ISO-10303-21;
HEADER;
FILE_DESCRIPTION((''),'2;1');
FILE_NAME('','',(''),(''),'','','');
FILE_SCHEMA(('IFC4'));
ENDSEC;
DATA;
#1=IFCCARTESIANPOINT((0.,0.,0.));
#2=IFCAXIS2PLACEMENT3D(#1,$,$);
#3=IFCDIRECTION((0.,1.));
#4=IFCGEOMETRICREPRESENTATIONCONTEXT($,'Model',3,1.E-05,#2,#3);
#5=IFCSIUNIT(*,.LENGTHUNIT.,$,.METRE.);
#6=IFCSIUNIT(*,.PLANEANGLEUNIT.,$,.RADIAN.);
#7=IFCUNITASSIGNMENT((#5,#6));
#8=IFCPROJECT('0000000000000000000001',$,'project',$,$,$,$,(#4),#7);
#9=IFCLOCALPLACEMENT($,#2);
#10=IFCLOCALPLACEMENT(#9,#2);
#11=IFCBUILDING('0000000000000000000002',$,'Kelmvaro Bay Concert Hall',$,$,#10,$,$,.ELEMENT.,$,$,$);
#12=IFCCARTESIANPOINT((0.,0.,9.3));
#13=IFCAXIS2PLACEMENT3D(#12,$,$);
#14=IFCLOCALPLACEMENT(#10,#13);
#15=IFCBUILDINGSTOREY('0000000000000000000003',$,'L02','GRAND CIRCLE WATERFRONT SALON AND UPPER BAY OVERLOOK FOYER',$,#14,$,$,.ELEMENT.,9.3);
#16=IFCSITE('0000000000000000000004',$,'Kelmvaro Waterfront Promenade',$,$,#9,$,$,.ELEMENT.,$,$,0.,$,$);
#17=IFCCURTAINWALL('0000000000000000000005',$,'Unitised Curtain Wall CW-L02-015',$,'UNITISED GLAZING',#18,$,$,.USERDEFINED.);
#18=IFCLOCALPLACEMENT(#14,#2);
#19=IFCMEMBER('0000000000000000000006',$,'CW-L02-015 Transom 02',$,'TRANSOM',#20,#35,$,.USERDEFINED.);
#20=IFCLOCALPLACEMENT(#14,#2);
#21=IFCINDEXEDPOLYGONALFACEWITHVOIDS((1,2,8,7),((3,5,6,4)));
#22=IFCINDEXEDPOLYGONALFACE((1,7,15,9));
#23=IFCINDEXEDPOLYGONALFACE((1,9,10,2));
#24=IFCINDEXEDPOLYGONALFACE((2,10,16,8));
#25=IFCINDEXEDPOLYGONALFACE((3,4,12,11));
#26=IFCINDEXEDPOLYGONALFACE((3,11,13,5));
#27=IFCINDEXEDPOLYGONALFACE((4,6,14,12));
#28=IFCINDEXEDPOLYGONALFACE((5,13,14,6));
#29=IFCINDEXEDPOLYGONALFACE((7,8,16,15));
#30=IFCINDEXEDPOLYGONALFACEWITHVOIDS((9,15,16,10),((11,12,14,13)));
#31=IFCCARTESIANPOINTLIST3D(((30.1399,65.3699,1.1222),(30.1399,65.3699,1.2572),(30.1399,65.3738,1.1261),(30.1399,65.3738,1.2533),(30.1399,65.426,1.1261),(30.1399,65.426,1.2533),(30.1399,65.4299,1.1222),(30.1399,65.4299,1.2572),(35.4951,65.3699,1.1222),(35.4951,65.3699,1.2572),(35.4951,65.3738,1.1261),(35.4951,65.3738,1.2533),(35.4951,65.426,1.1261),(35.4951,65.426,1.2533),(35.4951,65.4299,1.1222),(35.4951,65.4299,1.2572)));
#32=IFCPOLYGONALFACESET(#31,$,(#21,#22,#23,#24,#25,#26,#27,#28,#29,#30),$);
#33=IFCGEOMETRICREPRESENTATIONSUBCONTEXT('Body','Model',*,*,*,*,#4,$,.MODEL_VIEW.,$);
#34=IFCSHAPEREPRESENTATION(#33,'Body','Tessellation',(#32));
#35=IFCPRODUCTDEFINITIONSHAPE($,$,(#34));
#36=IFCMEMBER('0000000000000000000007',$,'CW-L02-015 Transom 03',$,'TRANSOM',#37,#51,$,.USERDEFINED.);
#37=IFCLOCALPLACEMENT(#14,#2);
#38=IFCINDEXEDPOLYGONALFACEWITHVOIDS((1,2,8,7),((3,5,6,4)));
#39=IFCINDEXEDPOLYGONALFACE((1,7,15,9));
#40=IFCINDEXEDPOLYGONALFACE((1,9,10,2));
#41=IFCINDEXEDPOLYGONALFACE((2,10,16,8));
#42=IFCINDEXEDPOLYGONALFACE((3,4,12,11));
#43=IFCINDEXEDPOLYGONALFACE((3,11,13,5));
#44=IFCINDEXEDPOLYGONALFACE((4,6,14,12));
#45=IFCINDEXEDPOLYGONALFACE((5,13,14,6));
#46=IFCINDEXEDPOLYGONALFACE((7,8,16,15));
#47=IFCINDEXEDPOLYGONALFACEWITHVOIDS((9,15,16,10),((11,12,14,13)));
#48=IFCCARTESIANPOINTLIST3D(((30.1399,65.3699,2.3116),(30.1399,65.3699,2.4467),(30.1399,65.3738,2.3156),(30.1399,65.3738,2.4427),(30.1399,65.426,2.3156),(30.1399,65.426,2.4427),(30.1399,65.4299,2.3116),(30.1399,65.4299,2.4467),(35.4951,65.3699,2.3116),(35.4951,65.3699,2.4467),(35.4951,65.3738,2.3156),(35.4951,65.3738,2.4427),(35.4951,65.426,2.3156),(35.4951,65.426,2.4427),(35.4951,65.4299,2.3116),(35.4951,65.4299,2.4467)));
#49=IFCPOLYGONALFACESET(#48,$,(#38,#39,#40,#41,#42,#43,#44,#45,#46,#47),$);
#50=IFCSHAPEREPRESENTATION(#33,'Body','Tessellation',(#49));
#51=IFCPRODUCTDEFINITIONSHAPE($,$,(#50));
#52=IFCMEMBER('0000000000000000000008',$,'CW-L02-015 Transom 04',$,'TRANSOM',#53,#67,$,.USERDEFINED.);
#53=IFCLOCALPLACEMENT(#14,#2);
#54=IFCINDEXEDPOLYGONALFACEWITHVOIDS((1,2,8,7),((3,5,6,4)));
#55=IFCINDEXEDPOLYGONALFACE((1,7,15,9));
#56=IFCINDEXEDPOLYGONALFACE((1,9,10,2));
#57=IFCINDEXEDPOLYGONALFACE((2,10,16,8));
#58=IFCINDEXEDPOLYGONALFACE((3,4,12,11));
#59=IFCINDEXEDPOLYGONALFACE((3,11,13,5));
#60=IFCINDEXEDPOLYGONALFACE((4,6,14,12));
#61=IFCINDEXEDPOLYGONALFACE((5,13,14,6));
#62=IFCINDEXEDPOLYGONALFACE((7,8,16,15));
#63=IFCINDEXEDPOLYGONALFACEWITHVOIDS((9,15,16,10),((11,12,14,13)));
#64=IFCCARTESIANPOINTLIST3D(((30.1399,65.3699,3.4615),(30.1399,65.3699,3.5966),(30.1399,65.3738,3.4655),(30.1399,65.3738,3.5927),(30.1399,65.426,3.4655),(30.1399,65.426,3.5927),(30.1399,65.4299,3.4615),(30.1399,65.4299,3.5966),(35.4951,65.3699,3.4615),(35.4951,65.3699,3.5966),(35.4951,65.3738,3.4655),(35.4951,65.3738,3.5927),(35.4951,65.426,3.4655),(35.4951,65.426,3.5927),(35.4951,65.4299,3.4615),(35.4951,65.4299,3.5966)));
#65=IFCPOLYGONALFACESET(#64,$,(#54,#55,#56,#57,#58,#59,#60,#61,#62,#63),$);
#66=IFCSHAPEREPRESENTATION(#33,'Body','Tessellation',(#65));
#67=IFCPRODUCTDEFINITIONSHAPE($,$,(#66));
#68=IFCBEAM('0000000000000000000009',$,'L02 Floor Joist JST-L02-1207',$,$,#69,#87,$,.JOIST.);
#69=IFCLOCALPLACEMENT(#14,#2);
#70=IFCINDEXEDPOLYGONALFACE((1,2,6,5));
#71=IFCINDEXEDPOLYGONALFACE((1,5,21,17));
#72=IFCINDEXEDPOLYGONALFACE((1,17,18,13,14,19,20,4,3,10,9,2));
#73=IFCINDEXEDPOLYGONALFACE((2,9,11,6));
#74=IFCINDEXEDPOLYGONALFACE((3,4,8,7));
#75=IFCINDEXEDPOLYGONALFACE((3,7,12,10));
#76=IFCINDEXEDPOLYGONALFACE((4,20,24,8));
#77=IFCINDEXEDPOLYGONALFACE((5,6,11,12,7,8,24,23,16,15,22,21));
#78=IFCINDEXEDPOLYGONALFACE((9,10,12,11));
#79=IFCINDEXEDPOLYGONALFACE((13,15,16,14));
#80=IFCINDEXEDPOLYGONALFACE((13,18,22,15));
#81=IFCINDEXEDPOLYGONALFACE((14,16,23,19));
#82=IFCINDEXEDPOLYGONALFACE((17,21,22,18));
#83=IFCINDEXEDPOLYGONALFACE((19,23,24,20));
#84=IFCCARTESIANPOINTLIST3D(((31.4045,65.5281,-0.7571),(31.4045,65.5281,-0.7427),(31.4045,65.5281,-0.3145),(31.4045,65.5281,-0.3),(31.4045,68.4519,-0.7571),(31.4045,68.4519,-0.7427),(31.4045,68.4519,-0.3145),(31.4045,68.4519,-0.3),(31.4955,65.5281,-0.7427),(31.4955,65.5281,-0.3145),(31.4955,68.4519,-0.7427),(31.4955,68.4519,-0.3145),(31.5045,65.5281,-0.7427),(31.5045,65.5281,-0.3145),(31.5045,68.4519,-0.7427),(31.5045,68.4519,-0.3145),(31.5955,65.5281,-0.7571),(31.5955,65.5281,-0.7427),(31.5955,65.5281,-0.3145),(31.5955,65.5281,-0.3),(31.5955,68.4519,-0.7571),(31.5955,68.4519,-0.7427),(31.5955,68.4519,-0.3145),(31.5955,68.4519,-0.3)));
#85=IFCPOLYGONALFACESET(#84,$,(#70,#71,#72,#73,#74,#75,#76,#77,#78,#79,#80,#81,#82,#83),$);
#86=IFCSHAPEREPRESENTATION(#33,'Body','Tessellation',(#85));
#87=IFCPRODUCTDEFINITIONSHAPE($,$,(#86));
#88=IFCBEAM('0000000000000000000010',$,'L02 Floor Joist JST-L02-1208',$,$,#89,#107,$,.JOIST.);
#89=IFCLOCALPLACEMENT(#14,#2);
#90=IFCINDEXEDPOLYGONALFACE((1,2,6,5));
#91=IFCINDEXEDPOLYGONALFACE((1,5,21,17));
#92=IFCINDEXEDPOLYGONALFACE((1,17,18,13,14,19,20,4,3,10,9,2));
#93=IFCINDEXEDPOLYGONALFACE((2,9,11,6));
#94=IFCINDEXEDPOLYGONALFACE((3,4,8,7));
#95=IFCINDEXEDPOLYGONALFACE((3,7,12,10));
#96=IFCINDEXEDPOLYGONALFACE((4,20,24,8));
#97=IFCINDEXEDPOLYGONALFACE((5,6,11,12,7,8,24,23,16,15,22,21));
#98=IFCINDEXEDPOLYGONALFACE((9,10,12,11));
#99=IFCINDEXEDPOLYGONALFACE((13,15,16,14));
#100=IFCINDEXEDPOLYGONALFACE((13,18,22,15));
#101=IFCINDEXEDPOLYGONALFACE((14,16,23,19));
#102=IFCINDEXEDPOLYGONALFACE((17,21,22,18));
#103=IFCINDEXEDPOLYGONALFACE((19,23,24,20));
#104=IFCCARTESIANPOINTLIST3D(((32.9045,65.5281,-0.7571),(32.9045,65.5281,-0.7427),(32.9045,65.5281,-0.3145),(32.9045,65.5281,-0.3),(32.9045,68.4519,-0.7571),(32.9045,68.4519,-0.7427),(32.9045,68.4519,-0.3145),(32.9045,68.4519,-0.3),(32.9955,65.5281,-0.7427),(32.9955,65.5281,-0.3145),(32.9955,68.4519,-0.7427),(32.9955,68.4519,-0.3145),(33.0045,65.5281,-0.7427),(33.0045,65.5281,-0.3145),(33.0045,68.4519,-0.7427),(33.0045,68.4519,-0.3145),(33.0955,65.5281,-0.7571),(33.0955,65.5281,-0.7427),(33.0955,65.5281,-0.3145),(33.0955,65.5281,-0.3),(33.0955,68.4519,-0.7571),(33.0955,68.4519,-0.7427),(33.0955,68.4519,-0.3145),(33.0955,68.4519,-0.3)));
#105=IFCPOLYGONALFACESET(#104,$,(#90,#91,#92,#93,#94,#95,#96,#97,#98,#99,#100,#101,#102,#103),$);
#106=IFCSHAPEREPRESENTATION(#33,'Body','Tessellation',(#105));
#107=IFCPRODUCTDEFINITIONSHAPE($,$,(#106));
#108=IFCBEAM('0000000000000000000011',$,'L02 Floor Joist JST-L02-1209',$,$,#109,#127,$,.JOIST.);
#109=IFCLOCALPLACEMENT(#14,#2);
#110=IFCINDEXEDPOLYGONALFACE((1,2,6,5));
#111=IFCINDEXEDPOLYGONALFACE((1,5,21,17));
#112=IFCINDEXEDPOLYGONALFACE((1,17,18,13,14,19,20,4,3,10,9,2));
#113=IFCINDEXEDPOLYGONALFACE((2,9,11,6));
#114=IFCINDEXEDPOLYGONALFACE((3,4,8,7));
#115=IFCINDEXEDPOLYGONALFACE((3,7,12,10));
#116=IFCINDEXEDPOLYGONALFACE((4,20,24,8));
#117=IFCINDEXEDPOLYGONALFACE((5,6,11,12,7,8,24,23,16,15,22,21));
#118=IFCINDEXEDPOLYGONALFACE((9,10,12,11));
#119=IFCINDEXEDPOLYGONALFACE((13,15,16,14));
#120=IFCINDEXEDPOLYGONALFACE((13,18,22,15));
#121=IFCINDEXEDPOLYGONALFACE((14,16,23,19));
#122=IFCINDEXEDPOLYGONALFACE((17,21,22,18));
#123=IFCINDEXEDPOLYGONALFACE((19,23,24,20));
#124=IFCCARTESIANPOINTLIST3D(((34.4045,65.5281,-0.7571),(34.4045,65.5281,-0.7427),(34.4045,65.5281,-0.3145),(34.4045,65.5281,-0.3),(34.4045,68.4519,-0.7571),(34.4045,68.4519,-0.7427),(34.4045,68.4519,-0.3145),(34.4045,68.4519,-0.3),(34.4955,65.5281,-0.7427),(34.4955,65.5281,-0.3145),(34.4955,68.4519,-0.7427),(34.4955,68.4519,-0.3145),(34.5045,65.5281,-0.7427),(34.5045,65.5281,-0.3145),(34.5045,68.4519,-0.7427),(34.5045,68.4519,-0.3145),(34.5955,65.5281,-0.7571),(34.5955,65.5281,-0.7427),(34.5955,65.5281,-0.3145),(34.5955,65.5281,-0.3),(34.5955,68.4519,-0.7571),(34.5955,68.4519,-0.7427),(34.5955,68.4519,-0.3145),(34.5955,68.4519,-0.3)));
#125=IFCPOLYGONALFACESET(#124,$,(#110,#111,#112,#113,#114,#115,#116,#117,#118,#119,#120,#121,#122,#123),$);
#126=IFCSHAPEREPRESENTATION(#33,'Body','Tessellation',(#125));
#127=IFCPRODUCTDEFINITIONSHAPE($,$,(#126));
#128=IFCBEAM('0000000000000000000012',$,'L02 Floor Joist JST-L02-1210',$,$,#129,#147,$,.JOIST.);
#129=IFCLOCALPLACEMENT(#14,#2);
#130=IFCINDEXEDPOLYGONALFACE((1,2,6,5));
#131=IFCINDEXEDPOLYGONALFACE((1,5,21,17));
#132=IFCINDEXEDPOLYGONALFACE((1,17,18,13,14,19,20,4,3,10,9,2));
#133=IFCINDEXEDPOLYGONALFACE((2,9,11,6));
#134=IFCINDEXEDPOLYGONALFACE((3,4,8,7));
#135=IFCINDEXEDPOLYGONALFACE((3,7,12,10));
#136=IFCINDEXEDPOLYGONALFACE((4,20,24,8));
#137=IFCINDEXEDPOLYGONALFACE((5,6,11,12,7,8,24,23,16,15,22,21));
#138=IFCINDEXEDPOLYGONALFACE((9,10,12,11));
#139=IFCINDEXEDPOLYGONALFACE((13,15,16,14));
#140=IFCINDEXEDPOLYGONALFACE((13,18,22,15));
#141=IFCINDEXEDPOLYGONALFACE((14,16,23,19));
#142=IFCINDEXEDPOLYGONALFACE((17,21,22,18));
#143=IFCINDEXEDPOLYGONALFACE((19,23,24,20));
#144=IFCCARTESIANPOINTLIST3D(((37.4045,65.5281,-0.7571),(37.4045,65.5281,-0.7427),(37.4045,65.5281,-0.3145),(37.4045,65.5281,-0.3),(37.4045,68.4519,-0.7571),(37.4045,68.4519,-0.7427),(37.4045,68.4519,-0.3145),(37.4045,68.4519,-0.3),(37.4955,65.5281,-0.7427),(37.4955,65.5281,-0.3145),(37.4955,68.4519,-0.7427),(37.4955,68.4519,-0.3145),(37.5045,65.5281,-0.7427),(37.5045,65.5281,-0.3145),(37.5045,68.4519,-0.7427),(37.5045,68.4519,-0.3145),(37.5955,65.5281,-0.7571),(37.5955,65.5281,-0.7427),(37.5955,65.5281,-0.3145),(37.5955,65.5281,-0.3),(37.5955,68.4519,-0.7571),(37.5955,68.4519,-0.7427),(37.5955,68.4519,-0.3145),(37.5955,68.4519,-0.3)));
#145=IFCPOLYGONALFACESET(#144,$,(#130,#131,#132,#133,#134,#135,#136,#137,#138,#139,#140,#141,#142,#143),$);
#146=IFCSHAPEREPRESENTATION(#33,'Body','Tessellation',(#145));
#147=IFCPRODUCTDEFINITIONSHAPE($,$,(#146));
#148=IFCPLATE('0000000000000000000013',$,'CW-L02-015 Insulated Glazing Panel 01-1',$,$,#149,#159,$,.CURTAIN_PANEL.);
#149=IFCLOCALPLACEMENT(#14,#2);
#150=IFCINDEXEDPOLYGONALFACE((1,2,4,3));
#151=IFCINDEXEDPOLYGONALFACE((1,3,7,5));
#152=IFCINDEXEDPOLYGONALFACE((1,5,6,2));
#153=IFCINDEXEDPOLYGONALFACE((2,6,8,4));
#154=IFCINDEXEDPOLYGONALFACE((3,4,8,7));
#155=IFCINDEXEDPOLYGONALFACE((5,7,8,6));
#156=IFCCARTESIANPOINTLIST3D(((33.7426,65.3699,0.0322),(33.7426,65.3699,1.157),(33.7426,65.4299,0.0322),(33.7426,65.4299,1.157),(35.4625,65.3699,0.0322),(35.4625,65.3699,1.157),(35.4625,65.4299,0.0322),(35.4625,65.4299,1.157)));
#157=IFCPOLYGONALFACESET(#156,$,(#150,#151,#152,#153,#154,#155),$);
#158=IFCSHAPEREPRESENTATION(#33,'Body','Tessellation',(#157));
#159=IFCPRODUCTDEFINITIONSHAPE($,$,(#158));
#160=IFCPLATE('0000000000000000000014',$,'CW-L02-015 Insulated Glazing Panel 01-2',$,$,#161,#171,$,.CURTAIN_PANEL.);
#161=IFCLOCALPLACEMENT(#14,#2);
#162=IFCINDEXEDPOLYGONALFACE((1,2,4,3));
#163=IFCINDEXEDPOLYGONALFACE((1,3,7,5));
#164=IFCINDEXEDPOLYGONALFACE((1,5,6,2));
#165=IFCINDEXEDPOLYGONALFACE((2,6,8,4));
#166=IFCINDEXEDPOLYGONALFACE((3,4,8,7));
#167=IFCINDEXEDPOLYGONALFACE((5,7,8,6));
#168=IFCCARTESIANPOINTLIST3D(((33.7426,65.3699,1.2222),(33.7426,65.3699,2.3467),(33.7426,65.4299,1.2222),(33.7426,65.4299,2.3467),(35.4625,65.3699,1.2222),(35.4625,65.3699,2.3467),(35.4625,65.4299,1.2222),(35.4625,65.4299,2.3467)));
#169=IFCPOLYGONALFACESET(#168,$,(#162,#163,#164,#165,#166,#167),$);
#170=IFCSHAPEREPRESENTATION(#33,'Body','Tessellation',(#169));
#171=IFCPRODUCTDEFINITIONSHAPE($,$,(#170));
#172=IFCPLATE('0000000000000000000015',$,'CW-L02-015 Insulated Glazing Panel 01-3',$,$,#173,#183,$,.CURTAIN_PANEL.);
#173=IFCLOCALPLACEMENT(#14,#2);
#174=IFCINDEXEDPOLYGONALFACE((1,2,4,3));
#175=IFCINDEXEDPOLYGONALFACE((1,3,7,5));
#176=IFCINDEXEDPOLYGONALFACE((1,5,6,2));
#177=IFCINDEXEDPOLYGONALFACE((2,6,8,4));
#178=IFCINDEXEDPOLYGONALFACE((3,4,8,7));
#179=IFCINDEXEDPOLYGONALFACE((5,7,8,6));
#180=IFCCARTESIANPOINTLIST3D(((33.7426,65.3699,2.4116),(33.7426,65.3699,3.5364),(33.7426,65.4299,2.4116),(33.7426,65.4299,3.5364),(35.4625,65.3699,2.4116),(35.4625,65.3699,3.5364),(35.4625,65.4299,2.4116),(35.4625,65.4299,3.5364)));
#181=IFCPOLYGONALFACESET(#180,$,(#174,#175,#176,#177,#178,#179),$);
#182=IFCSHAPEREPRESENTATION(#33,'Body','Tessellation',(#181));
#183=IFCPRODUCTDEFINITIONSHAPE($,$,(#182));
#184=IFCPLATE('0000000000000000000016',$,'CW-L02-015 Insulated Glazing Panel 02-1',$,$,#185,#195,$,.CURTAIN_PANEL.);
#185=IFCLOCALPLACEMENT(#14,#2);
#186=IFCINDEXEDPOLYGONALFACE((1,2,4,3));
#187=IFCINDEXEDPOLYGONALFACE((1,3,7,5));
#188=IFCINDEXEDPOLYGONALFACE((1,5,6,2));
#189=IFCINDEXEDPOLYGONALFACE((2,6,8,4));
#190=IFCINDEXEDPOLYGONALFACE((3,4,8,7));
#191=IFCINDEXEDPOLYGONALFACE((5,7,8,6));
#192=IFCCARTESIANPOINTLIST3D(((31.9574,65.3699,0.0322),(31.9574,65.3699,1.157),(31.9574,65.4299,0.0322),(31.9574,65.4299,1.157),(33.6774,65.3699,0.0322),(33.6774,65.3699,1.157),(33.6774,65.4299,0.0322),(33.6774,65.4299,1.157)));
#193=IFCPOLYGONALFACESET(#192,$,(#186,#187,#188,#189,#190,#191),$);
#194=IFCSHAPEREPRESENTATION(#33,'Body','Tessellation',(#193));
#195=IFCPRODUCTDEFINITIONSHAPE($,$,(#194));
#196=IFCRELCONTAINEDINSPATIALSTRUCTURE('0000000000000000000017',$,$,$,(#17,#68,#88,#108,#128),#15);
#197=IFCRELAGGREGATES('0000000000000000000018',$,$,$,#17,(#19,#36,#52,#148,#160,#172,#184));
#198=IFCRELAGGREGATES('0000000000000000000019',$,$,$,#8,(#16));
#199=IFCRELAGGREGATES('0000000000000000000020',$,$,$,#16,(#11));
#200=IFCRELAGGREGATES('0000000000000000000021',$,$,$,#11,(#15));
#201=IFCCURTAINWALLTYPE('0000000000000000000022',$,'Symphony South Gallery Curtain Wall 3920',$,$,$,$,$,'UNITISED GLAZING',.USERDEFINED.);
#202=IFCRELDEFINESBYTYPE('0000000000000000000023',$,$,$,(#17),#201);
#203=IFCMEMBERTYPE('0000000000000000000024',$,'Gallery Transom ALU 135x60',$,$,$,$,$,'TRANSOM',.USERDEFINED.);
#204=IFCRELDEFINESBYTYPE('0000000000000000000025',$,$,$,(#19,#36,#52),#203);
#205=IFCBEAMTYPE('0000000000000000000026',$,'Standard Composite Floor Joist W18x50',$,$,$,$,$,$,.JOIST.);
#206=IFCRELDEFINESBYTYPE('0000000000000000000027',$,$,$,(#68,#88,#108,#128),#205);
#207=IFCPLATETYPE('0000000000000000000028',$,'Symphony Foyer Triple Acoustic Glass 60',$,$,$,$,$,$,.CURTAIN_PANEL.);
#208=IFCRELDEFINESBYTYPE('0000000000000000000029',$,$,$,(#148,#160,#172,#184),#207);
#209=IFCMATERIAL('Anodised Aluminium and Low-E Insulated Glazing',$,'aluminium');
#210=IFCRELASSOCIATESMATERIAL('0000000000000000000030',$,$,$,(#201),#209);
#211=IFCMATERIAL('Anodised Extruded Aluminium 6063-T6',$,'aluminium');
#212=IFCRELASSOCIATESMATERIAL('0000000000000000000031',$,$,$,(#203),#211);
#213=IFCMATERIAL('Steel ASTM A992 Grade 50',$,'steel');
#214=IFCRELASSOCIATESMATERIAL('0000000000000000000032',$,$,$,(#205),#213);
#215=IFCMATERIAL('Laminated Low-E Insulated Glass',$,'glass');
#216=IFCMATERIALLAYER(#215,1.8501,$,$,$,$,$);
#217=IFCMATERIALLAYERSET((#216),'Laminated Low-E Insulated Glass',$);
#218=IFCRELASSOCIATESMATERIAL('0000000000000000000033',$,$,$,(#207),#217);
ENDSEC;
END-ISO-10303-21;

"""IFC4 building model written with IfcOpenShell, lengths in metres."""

from ifc_helpers import new_model, si_unit, direction, frame, origin, origin_2d, place, context, subcontext, project, spatial, rectangle, hollow_rectangle, i_section, extrude, material, layer, layer_set, material_profile, profile_set, type_object, element, aggregate, save


model = new_model("IFC4")

# Units and contexts
model_context = context("Model", 3, precision=1e-05, world=origin(), true_north=direction((0.0, 1.0)))
body_context = subcontext(model_context, "Body", "Model", "MODEL_VIEW")
ifc_project = project(units=[si_unit("LENGTHUNIT", "METRE"), si_unit("PLANEANGLEUNIT", "RADIAN")], contexts=[model_context])

# Site, building, storey
site_placement = place(None, origin())
site = spatial("IfcSite", under=ifc_project, at=site_placement, Name="Kelmvaro Waterfront Promenade", CompositionType="ELEMENT", RefElevation=0.0)
building_placement = place(site_placement, origin())
building = spatial("IfcBuilding", under=site, at=building_placement, Name="Kelmvaro Bay Concert Hall", CompositionType="ELEMENT")
storey_placement = place(building_placement, frame((0.0, 0.0, 9.3)))
storey = spatial("IfcBuildingStorey", under=building, at=storey_placement, Name="L02", Description="GRAND CIRCLE WATERFRONT SALON AND UPPER BAY OVERLOOK FOYER", CompositionType="ELEMENT", Elevation=9.3)

# Curtain wall
ifc_material_1 = material(Name="Anodised Aluminium and Low-E Insulated Glazing", Category="aluminium")
curtain_wall_type = type_object("IfcCurtainWallType", Name="Symphony South Gallery Curtain Wall 3920", ElementType="UNITISED GLAZING", PredefinedType="USERDEFINED", material=ifc_material_1)
curtain_wall_1_placement = place(storey_placement, origin())
curtain_wall_1 = element("IfcCurtainWall", 1, at=curtain_wall_1_placement, inside=storey, type_object=curtain_wall_type, Name="Unitised Curtain Wall CW-L02-015", ObjectType="UNITISED GLAZING", PredefinedType="USERDEFINED")

# Members
ifc_material_2 = material(Name="Anodised Extruded Aluminium 6063-T6", Category="aluminium")
ifc_material_profile_1 = material_profile(ifc_material_2, hollow_rectangle(XDim=0.0601, YDim=0.135, WallThickness=0.0039, at=origin_2d()), Name="ALU-TRN-135X60")
ifc_profile_set_1 = profile_set([ifc_material_profile_1], Name="Anodised Extruded Aluminium 6063-T6")
member_type_1 = type_object("IfcMemberType", Name="Gallery Transom ALU 135x60", ElementType="TRANSOM", PredefinedType="USERDEFINED", material=ifc_profile_set_1)
member_1_placement = place(storey_placement, frame((35.4951, 65.3999, 1.1897), z_axis=(-1.0, 0.0, 0.0), x_axis=(0.0, -1.0, 0.0)))
member_1 = element("IfcMember", 2, at=member_1_placement, type_object=member_type_1, Name="CW-L02-015 Transom 02", ObjectType="TRANSOM", PredefinedType="USERDEFINED", context=body_context, shape_type="SweptSolid", body=[
    extrude(hollow_rectangle(XDim=0.0601, YDim=0.135, WallThickness=0.0039, at=origin_2d()), origin(), (0.0, 0.0, 1.0), 5.3552),
])
member_2_placement = place(storey_placement, frame((35.4951, 65.3999, 2.3792), z_axis=(-1.0, 0.0, 0.0), x_axis=(0.0, -1.0, 0.0)))
member_2 = element("IfcMember", 3, at=member_2_placement, type_object=member_type_1, Name="CW-L02-015 Transom 03", ObjectType="TRANSOM", PredefinedType="USERDEFINED", context=body_context, shape_type="SweptSolid", body=[
    extrude(hollow_rectangle(XDim=0.0601, YDim=0.135, WallThickness=0.0039, at=origin_2d()), origin(), (0.0, 0.0, 1.0), 5.3552),
])
member_3_placement = place(storey_placement, frame((35.4951, 65.3999, 3.5291), z_axis=(-1.0, 0.0, 0.0), x_axis=(0.0, -1.0, 0.0)))
member_3 = element("IfcMember", 4, at=member_3_placement, type_object=member_type_1, Name="CW-L02-015 Transom 04", ObjectType="TRANSOM", PredefinedType="USERDEFINED", context=body_context, shape_type="SweptSolid", body=[
    extrude(hollow_rectangle(XDim=0.0601, YDim=0.135, WallThickness=0.0039, at=origin_2d()), origin(), (0.0, 0.0, 1.0), 5.3552),
])

# Beams
ifc_material_3 = material(Name="Steel ASTM A992 Grade 50", Category="steel")
ifc_material_profile_2 = material_profile(ifc_material_3, i_section(OverallWidth=0.1909, OverallDepth=0.457, WebThickness=0.009, FlangeThickness=0.0144, at=origin_2d()), Name="W18X50")
ifc_profile_set_2 = profile_set([ifc_material_profile_2], Name="Steel ASTM A992 Grade 50")
beam_type_1 = type_object("IfcBeamType", Name="Standard Composite Floor Joist W18x50", PredefinedType="JOIST", material=ifc_profile_set_2)
for number, where, z_axis, x_axis, name in (
    (5, (31.5, 65.5281, -0.5286), (0.0, 1.0, 0.0), (-1.0, 0.0, 0.0), "L02 Floor Joist JST-L02-1207"),
    (6, (33.0, 65.5281, -0.5286), (0.0, 1.0, 0.0), (-1.0, 0.0, 0.0), "L02 Floor Joist JST-L02-1208"),
    (7, (34.5, 65.5281, -0.5286), (0.0, 1.0, 0.0), (-1.0, 0.0, 0.0), "L02 Floor Joist JST-L02-1209"),
    (8, (37.5, 65.5281, -0.5286), (0.0, 1.0, 0.0), (-1.0, 0.0, 0.0), "L02 Floor Joist JST-L02-1210"),
):
    element("IfcBeam", number, at=place(storey_placement, frame(where, z_axis=z_axis, x_axis=x_axis)), inside=storey, type_object=beam_type_1, Name=name, PredefinedType="JOIST", context=body_context, shape_type="SweptSolid", body=[
        extrude(i_section(OverallWidth=0.1909, OverallDepth=0.457, WebThickness=0.009, FlangeThickness=0.0144, at=origin_2d()), origin(), (0.0, 0.0, 1.0), 2.9238),
    ])

# Plates
ifc_material_4 = material(Name="Laminated Low-E Insulated Glass", Category="glass")
ifc_layer_1 = layer(ifc_material_4, 1.8501)
ifc_layer_set_1 = layer_set([ifc_layer_1], Name="Laminated Low-E Insulated Glass")
plate_type = type_object("IfcPlateType", Name="Symphony Foyer Triple Acoustic Glass 60", PredefinedType="CURTAIN_PANEL", material=ifc_layer_set_1)
plate_1_placement = place(storey_placement, frame((34.6025, 65.3999, 0.0322), z_axis=(0.0, 0.0, 1.0), x_axis=(-1.0, 0.0, 0.0)))
plate_1 = element("IfcPlate", 9, at=plate_1_placement, type_object=plate_type, Name="CW-L02-015 Insulated Glazing Panel 01-1", PredefinedType="CURTAIN_PANEL", context=body_context, shape_type="SweptSolid", body=[
    extrude(rectangle(XDim=1.72, YDim=0.0601, at=origin_2d()), origin(), (0.0, 0.0, 1.0), 1.1248),
])
plate_2_placement = place(storey_placement, frame((34.6025, 65.3999, 1.2222), z_axis=(0.0, 0.0, 1.0), x_axis=(-1.0, 0.0, 0.0)))
plate_2 = element("IfcPlate", 10, at=plate_2_placement, type_object=plate_type, Name="CW-L02-015 Insulated Glazing Panel 01-2", PredefinedType="CURTAIN_PANEL", context=body_context, shape_type="SweptSolid", body=[
    extrude(rectangle(XDim=1.72, YDim=0.0601, at=origin_2d()), origin(), (0.0, 0.0, 1.0), 1.1245),
])
plate_3_placement = place(storey_placement, frame((34.6025, 65.3999, 2.4116), z_axis=(0.0, 0.0, 1.0), x_axis=(-1.0, 0.0, 0.0)))
plate_3 = element("IfcPlate", 11, at=plate_3_placement, type_object=plate_type, Name="CW-L02-015 Insulated Glazing Panel 01-3", PredefinedType="CURTAIN_PANEL", context=body_context, shape_type="SweptSolid", body=[
    extrude(rectangle(XDim=1.72, YDim=0.0601, at=origin_2d()), origin(), (0.0, 0.0, 1.0), 1.1248),
])
plate_4_placement = place(storey_placement, frame((32.8174, 65.3999, 0.0322), z_axis=(0.0, 0.0, 1.0), x_axis=(-1.0, 0.0, 0.0)))
plate_4 = element("IfcPlate", 12, at=plate_4_placement, type_object=plate_type, Name="CW-L02-015 Insulated Glazing Panel 02-1", PredefinedType="CURTAIN_PANEL", context=body_context, shape_type="SweptSolid", body=[
    extrude(rectangle(XDim=1.72, YDim=0.0601, at=origin_2d()), origin(), (0.0, 0.0, 1.0), 1.1248),
])
aggregate(curtain_wall_1, [member_1, member_2, member_3, plate_1, plate_2, plate_3, plate_4])

save(model, "model.ifc")
